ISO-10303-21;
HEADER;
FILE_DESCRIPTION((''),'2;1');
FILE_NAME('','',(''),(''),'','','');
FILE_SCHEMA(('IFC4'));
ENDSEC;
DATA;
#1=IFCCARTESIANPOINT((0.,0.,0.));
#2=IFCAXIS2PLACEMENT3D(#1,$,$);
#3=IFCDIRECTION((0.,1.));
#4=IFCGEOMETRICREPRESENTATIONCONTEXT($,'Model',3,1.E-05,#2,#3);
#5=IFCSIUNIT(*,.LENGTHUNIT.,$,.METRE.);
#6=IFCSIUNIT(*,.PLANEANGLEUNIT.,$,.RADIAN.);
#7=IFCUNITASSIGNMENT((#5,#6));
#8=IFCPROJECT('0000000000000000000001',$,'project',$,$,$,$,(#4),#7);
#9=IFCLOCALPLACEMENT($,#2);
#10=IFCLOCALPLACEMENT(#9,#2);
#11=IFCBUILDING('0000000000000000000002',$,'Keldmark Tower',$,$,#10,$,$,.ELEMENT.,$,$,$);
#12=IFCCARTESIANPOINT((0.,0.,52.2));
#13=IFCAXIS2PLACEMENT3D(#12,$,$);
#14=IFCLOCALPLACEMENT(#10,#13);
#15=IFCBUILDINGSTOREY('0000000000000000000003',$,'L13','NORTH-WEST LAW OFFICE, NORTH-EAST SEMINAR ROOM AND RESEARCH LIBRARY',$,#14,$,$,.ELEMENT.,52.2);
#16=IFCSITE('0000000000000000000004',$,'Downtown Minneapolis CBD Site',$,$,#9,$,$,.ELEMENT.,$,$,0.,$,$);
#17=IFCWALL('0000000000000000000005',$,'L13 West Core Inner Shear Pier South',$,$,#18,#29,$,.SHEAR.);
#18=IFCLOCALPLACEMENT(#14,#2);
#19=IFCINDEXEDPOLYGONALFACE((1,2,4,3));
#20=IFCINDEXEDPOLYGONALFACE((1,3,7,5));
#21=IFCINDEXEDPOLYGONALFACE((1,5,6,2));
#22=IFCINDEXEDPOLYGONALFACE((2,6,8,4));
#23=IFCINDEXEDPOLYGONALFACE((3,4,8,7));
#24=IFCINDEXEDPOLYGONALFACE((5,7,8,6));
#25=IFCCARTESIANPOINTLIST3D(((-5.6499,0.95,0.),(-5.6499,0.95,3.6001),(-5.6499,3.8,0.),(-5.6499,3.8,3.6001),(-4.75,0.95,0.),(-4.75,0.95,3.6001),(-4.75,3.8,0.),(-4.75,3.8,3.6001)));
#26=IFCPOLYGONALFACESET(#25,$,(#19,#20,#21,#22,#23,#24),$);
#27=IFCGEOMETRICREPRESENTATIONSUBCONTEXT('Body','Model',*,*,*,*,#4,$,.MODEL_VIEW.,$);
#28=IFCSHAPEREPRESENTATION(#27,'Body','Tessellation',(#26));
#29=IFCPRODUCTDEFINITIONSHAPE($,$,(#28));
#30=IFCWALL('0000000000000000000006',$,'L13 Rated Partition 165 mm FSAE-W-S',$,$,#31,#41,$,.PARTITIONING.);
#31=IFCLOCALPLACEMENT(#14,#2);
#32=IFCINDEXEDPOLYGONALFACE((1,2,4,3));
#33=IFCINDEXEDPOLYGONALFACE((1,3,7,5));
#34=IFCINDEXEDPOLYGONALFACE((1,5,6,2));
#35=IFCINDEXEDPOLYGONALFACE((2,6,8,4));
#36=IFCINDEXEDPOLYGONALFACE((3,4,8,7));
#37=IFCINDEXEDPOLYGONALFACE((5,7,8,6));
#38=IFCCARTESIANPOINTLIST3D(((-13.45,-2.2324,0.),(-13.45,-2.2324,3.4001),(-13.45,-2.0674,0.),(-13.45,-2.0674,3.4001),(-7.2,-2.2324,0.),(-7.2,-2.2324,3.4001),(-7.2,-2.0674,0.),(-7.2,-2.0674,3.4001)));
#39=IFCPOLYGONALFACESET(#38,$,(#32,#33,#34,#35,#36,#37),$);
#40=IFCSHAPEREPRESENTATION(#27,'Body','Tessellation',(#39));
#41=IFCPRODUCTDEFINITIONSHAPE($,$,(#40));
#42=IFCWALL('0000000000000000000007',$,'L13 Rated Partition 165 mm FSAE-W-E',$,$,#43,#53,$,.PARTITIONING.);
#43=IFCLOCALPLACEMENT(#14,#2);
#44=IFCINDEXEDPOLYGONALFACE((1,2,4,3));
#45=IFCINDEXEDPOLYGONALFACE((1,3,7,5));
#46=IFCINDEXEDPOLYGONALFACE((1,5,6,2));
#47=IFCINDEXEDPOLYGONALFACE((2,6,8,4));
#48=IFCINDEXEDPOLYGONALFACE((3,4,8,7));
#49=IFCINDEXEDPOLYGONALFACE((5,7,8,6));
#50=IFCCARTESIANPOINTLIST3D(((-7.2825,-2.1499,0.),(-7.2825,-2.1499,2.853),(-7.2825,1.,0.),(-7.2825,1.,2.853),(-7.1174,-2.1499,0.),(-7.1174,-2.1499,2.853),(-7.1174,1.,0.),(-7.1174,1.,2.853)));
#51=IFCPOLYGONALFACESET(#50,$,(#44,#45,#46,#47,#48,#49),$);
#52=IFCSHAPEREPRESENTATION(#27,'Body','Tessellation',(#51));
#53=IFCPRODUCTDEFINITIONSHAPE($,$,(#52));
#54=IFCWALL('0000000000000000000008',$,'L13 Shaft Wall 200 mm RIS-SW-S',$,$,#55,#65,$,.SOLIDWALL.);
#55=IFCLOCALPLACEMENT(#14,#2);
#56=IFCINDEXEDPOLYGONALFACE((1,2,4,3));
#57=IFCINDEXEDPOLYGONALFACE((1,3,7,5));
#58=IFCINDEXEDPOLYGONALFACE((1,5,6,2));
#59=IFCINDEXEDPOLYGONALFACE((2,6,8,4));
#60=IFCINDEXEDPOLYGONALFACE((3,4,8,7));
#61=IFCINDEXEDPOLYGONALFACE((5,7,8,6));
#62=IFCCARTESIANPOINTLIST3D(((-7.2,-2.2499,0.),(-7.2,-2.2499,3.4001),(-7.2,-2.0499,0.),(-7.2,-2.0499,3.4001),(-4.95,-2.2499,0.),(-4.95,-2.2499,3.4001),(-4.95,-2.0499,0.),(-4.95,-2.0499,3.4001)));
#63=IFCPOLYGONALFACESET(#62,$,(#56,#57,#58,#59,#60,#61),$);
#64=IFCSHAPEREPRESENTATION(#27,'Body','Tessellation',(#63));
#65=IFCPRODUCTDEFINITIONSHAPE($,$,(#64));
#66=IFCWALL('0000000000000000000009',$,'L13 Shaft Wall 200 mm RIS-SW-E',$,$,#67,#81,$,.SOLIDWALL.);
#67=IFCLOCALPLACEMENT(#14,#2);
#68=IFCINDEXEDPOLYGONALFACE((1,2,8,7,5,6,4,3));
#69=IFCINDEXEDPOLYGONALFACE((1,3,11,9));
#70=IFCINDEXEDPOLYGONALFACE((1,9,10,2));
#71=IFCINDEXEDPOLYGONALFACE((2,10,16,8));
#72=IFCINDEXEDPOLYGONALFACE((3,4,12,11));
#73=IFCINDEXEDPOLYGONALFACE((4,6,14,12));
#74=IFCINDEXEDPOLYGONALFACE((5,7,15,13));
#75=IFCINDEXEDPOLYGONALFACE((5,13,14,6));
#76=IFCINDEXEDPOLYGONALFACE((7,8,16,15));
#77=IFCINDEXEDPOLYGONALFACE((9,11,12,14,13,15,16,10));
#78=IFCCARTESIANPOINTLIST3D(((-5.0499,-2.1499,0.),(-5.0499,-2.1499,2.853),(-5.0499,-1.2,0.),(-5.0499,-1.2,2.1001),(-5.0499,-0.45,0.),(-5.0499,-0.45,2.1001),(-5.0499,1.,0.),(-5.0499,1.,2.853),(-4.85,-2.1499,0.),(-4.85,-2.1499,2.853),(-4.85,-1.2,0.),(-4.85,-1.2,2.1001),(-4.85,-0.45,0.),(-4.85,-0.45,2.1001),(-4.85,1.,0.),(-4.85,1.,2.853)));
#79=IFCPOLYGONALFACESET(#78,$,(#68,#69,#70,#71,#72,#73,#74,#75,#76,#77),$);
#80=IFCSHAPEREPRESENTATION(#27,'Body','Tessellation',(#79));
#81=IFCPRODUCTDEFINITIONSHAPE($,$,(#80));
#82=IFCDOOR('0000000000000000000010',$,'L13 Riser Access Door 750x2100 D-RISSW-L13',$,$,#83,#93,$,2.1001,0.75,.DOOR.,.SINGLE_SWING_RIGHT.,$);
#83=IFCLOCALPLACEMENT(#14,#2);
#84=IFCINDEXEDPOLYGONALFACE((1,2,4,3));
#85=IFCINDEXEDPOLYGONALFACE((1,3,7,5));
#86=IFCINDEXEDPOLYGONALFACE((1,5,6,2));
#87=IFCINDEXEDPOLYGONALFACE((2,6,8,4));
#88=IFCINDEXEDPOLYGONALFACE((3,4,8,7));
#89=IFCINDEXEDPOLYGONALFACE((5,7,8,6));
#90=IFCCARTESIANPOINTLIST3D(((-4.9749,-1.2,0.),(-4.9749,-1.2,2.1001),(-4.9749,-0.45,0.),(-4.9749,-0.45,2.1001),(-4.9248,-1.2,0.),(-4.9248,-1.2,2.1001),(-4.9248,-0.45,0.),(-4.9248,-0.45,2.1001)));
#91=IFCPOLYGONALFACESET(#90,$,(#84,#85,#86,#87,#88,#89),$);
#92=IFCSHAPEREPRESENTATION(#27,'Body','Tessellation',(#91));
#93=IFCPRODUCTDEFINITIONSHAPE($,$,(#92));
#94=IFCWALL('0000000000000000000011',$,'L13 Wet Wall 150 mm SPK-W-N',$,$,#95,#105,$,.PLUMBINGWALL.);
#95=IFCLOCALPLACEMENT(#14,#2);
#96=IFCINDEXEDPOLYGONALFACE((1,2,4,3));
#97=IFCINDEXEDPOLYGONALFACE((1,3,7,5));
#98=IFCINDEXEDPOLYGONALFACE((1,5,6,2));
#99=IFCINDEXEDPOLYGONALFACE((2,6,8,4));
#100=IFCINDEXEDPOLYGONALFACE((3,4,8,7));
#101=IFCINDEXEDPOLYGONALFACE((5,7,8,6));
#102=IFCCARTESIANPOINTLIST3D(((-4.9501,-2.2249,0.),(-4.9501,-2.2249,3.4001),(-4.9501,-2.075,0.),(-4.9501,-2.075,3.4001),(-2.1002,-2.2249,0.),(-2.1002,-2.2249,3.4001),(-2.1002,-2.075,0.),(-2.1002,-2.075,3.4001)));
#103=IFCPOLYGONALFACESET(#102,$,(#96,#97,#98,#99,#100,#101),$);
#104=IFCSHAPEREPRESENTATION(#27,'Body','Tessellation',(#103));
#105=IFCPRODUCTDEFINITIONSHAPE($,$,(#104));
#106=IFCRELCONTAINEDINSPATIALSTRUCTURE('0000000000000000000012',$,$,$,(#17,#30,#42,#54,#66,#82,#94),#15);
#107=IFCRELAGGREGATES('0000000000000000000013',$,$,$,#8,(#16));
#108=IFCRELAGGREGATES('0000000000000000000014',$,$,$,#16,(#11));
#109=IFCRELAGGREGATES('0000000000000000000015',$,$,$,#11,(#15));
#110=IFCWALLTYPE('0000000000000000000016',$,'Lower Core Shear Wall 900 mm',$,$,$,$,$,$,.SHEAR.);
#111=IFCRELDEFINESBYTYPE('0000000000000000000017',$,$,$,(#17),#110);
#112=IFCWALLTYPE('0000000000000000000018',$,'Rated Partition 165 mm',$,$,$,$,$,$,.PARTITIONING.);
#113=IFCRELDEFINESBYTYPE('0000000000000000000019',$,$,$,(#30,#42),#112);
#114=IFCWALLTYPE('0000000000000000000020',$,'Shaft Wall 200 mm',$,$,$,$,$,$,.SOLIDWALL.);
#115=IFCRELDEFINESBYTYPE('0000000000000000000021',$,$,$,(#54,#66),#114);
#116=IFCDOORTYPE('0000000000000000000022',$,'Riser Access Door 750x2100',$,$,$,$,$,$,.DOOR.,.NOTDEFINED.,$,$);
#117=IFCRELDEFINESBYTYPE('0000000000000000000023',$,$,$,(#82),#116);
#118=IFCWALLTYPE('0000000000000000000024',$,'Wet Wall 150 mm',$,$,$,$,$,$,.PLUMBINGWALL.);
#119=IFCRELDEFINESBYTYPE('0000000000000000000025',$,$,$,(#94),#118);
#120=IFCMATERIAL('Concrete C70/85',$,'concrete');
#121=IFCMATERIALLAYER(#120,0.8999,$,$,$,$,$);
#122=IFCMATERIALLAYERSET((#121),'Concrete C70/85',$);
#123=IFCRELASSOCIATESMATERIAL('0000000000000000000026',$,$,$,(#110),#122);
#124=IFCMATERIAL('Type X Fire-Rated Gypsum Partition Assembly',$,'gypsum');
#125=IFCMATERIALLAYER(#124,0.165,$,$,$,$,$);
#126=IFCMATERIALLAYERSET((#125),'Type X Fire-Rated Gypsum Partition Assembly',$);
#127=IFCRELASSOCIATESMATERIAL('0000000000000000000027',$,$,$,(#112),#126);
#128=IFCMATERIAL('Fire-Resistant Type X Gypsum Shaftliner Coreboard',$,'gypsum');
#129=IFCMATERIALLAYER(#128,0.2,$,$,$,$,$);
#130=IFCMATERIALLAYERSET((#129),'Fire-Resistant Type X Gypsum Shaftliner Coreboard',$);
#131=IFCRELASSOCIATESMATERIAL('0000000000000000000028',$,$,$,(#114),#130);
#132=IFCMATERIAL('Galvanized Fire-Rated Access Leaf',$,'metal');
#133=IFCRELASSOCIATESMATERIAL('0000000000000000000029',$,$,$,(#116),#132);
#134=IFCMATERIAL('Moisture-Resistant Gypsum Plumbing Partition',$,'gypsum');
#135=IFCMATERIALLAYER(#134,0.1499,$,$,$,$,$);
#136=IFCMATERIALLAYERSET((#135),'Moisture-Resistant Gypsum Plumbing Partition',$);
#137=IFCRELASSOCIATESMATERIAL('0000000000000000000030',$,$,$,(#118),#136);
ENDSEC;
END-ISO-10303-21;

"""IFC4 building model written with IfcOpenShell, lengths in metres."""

from ifc_helpers import new_model, si_unit, direction, frame, frame_2d, origin, place, context, subcontext, project, spatial, rectangle, extrude, material, layer, layer_set, type_object, element, fill, save


model = new_model("IFC4")

# Units and contexts
model_context = context("Model", 3, precision=1e-05, world=origin(), true_north=direction((0.0, 1.0)))
body_context = subcontext(model_context, "Body", "Model", "MODEL_VIEW")
ifc_project = project(units=[si_unit("LENGTHUNIT", "METRE"), si_unit("PLANEANGLEUNIT", "RADIAN")], contexts=[model_context])

# Site, building, storey
site_placement = place(None, origin())
site = spatial("IfcSite", under=ifc_project, at=site_placement, Name="Downtown Minneapolis CBD Site", CompositionType="ELEMENT", RefElevation=0.0)
building_placement = place(site_placement, origin())
building = spatial("IfcBuilding", under=site, at=building_placement, Name="Keldmark Tower", CompositionType="ELEMENT")
storey_placement = place(building_placement, frame((0.0, 0.0, 52.2)))
storey = spatial("IfcBuildingStorey", under=building, at=storey_placement, Name="L13", Description="NORTH-WEST LAW OFFICE, NORTH-EAST SEMINAR ROOM AND RESEARCH LIBRARY", CompositionType="ELEMENT", Elevation=52.2)

# Shared definitions
ifc_material_1 = material(Name="Concrete C70/85", Category="concrete")
ifc_layer_1 = layer(ifc_material_1, 0.8999)
ifc_layer_set_1 = layer_set([ifc_layer_1], Name="Concrete C70/85")
wall_type_1 = type_object("IfcWallType", Name="Lower Core Shear Wall 900 mm", PredefinedType="SHEAR", material=ifc_layer_set_1)

# Walls
wall_1_placement = place(storey_placement, frame((-5.2, 0.95, 0.0), z_axis=(0.0, 0.0, 1.0), x_axis=(0.0, 1.0, 0.0)))
element("IfcWall", 1, at=wall_1_placement, inside=storey, type_object=wall_type_1, Name="L13 West Core Inner Shear Pier South", PredefinedType="SHEAR", context=body_context, shape_type="SweptSolid", body=[
    extrude(rectangle(XDim=2.8501, YDim=0.8999, at=frame_2d((1.425, 0.0))), origin(), (0.0, 0.0, 1.0), 3.6001),
])
ifc_material_2 = material(Name="Type X Fire-Rated Gypsum Partition Assembly", Category="gypsum")
ifc_layer_2 = layer(ifc_material_2, 0.165)
ifc_layer_set_2 = layer_set([ifc_layer_2], Name="Type X Fire-Rated Gypsum Partition Assembly")
wall_type_2 = type_object("IfcWallType", Name="Rated Partition 165 mm", PredefinedType="PARTITIONING", material=ifc_layer_set_2)
wall_2_placement = place(storey_placement, frame((-13.45, -2.1499, 0.0), z_axis=(0.0, 0.0, 1.0), x_axis=(1.0, 0.0, 0.0)))
element("IfcWall", 2, at=wall_2_placement, inside=storey, type_object=wall_type_2, Name="L13 Rated Partition 165 mm FSAE-W-S", PredefinedType="PARTITIONING", context=body_context, shape_type="SweptSolid", body=[
    extrude(rectangle(XDim=6.25, YDim=0.165, at=frame_2d((3.125, 0.0))), origin(), (0.0, 0.0, 1.0), 3.4001),
])

# Walls
wall_3_placement = place(storey_placement, frame((-7.2, -2.1499, 0.0), z_axis=(0.0, 0.0, 1.0), x_axis=(0.0, 1.0, 0.0)))
element("IfcWall", 3, at=wall_3_placement, inside=storey, type_object=wall_type_2, Name="L13 Rated Partition 165 mm FSAE-W-E", PredefinedType="PARTITIONING", context=body_context, shape_type="SweptSolid", body=[
    extrude(rectangle(XDim=3.1499, YDim=0.165, at=frame_2d((1.575, 0.0))), origin(), (0.0, 0.0, 1.0), 2.853),
])
ifc_material_3 = material(Name="Fire-Resistant Type X Gypsum Shaftliner Coreboard", Category="gypsum")
ifc_layer_3 = layer(ifc_material_3, 0.2)
ifc_layer_set_3 = layer_set([ifc_layer_3], Name="Fire-Resistant Type X Gypsum Shaftliner Coreboard")
wall_type_3 = type_object("IfcWallType", Name="Shaft Wall 200 mm", PredefinedType="SOLIDWALL", material=ifc_layer_set_3)
wall_4_placement = place(storey_placement, frame((-7.2, -2.1499, 0.0), z_axis=(0.0, 0.0, 1.0), x_axis=(1.0, 0.0, 0.0)))
element("IfcWall", 4, at=wall_4_placement, inside=storey, type_object=wall_type_3, Name="L13 Shaft Wall 200 mm RIS-SW-S", PredefinedType="SOLIDWALL", context=body_context, shape_type="SweptSolid", body=[
    extrude(rectangle(XDim=2.25, YDim=0.2, at=frame_2d((1.125, 0.0))), origin(), (0.0, 0.0, 1.0), 3.4001),
])

# Wall, opening, door
wall_5_placement = place(storey_placement, frame((-4.95, -2.1499, 0.0), z_axis=(0.0, 0.0, 1.0), x_axis=(0.0, 1.0, 0.0)))
wall_5 = element("IfcWall", 5, at=wall_5_placement, inside=storey, type_object=wall_type_3, Name="L13 Shaft Wall 200 mm RIS-SW-E", PredefinedType="SOLIDWALL", context=body_context, shape_type="SweptSolid", body=[
    extrude(rectangle(XDim=3.1499, YDim=0.2, at=frame_2d((1.575, 0.0))), origin(), (0.0, 0.0, 1.0), 2.853),
])
opening_1_placement = place(wall_5_placement, frame((0.95, 0.0, 0.0)))
opening_1 = element("IfcOpeningElement", 6, at=opening_1_placement, cuts=wall_5, PredefinedType="OPENING", context=body_context, shape_type="SweptSolid", body=[
    extrude(rectangle(XDim=0.75, YDim=2.1001, at=frame_2d((0.375, 1.05))), frame((0.0, 0.1099, 0.0), z_axis=(0.0, -1.0, 0.0), x_axis=(1.0, 0.0, 0.0)), (0.0, 0.0, 1.0), 0.22),
])
ifc_material_4 = material(Name="Galvanized Fire-Rated Access Leaf", Category="metal")
door_type_1 = type_object("IfcDoorType", Name="Riser Access Door 750x2100", OperationType="NOTDEFINED", PredefinedType="DOOR", material=ifc_material_4)
door_1_placement = place(opening_1_placement, origin())
door_1 = element("IfcDoor", 7, at=door_1_placement, inside=storey, type_object=door_type_1, Name="L13 Riser Access Door 750x2100 D-RISSW-L13", OperationType="SINGLE_SWING_RIGHT", OverallHeight=2.1001, OverallWidth=0.75, PredefinedType="DOOR", context=body_context, shape_type="SweptSolid", body=[
    extrude(rectangle(XDim=0.75, YDim=2.1001, at=frame_2d((0.375, 1.05))), frame((0.0, 0.0249, 0.0), z_axis=(0.0, -1.0, 0.0), x_axis=(1.0, 0.0, 0.0)), (0.0, 0.0, 1.0), 0.05),
])
fill(opening_1, door_1)

# Wall
ifc_material_5 = material(Name="Moisture-Resistant Gypsum Plumbing Partition", Category="gypsum")
ifc_layer_4 = layer(ifc_material_5, 0.1499)
ifc_layer_set_4 = layer_set([ifc_layer_4], Name="Moisture-Resistant Gypsum Plumbing Partition")
wall_type_4 = type_object("IfcWallType", Name="Wet Wall 150 mm", PredefinedType="PLUMBINGWALL", material=ifc_layer_set_4)
wall_6_placement = place(storey_placement, frame((-4.95, -2.1499, 0.0), z_axis=(0.0, 0.0, 1.0), x_axis=(1.0, 0.0, 0.0)))
element("IfcWall", 8, at=wall_6_placement, inside=storey, type_object=wall_type_4, Name="L13 Wet Wall 150 mm SPK-W-N", PredefinedType="PLUMBINGWALL", context=body_context, shape_type="SweptSolid", body=[
    extrude(rectangle(XDim=2.8499, YDim=0.1499, at=frame_2d((1.4248, 0.0))), origin(), (0.0, 0.0, 1.0), 3.4001),
])

save(model, "model.ifc")
